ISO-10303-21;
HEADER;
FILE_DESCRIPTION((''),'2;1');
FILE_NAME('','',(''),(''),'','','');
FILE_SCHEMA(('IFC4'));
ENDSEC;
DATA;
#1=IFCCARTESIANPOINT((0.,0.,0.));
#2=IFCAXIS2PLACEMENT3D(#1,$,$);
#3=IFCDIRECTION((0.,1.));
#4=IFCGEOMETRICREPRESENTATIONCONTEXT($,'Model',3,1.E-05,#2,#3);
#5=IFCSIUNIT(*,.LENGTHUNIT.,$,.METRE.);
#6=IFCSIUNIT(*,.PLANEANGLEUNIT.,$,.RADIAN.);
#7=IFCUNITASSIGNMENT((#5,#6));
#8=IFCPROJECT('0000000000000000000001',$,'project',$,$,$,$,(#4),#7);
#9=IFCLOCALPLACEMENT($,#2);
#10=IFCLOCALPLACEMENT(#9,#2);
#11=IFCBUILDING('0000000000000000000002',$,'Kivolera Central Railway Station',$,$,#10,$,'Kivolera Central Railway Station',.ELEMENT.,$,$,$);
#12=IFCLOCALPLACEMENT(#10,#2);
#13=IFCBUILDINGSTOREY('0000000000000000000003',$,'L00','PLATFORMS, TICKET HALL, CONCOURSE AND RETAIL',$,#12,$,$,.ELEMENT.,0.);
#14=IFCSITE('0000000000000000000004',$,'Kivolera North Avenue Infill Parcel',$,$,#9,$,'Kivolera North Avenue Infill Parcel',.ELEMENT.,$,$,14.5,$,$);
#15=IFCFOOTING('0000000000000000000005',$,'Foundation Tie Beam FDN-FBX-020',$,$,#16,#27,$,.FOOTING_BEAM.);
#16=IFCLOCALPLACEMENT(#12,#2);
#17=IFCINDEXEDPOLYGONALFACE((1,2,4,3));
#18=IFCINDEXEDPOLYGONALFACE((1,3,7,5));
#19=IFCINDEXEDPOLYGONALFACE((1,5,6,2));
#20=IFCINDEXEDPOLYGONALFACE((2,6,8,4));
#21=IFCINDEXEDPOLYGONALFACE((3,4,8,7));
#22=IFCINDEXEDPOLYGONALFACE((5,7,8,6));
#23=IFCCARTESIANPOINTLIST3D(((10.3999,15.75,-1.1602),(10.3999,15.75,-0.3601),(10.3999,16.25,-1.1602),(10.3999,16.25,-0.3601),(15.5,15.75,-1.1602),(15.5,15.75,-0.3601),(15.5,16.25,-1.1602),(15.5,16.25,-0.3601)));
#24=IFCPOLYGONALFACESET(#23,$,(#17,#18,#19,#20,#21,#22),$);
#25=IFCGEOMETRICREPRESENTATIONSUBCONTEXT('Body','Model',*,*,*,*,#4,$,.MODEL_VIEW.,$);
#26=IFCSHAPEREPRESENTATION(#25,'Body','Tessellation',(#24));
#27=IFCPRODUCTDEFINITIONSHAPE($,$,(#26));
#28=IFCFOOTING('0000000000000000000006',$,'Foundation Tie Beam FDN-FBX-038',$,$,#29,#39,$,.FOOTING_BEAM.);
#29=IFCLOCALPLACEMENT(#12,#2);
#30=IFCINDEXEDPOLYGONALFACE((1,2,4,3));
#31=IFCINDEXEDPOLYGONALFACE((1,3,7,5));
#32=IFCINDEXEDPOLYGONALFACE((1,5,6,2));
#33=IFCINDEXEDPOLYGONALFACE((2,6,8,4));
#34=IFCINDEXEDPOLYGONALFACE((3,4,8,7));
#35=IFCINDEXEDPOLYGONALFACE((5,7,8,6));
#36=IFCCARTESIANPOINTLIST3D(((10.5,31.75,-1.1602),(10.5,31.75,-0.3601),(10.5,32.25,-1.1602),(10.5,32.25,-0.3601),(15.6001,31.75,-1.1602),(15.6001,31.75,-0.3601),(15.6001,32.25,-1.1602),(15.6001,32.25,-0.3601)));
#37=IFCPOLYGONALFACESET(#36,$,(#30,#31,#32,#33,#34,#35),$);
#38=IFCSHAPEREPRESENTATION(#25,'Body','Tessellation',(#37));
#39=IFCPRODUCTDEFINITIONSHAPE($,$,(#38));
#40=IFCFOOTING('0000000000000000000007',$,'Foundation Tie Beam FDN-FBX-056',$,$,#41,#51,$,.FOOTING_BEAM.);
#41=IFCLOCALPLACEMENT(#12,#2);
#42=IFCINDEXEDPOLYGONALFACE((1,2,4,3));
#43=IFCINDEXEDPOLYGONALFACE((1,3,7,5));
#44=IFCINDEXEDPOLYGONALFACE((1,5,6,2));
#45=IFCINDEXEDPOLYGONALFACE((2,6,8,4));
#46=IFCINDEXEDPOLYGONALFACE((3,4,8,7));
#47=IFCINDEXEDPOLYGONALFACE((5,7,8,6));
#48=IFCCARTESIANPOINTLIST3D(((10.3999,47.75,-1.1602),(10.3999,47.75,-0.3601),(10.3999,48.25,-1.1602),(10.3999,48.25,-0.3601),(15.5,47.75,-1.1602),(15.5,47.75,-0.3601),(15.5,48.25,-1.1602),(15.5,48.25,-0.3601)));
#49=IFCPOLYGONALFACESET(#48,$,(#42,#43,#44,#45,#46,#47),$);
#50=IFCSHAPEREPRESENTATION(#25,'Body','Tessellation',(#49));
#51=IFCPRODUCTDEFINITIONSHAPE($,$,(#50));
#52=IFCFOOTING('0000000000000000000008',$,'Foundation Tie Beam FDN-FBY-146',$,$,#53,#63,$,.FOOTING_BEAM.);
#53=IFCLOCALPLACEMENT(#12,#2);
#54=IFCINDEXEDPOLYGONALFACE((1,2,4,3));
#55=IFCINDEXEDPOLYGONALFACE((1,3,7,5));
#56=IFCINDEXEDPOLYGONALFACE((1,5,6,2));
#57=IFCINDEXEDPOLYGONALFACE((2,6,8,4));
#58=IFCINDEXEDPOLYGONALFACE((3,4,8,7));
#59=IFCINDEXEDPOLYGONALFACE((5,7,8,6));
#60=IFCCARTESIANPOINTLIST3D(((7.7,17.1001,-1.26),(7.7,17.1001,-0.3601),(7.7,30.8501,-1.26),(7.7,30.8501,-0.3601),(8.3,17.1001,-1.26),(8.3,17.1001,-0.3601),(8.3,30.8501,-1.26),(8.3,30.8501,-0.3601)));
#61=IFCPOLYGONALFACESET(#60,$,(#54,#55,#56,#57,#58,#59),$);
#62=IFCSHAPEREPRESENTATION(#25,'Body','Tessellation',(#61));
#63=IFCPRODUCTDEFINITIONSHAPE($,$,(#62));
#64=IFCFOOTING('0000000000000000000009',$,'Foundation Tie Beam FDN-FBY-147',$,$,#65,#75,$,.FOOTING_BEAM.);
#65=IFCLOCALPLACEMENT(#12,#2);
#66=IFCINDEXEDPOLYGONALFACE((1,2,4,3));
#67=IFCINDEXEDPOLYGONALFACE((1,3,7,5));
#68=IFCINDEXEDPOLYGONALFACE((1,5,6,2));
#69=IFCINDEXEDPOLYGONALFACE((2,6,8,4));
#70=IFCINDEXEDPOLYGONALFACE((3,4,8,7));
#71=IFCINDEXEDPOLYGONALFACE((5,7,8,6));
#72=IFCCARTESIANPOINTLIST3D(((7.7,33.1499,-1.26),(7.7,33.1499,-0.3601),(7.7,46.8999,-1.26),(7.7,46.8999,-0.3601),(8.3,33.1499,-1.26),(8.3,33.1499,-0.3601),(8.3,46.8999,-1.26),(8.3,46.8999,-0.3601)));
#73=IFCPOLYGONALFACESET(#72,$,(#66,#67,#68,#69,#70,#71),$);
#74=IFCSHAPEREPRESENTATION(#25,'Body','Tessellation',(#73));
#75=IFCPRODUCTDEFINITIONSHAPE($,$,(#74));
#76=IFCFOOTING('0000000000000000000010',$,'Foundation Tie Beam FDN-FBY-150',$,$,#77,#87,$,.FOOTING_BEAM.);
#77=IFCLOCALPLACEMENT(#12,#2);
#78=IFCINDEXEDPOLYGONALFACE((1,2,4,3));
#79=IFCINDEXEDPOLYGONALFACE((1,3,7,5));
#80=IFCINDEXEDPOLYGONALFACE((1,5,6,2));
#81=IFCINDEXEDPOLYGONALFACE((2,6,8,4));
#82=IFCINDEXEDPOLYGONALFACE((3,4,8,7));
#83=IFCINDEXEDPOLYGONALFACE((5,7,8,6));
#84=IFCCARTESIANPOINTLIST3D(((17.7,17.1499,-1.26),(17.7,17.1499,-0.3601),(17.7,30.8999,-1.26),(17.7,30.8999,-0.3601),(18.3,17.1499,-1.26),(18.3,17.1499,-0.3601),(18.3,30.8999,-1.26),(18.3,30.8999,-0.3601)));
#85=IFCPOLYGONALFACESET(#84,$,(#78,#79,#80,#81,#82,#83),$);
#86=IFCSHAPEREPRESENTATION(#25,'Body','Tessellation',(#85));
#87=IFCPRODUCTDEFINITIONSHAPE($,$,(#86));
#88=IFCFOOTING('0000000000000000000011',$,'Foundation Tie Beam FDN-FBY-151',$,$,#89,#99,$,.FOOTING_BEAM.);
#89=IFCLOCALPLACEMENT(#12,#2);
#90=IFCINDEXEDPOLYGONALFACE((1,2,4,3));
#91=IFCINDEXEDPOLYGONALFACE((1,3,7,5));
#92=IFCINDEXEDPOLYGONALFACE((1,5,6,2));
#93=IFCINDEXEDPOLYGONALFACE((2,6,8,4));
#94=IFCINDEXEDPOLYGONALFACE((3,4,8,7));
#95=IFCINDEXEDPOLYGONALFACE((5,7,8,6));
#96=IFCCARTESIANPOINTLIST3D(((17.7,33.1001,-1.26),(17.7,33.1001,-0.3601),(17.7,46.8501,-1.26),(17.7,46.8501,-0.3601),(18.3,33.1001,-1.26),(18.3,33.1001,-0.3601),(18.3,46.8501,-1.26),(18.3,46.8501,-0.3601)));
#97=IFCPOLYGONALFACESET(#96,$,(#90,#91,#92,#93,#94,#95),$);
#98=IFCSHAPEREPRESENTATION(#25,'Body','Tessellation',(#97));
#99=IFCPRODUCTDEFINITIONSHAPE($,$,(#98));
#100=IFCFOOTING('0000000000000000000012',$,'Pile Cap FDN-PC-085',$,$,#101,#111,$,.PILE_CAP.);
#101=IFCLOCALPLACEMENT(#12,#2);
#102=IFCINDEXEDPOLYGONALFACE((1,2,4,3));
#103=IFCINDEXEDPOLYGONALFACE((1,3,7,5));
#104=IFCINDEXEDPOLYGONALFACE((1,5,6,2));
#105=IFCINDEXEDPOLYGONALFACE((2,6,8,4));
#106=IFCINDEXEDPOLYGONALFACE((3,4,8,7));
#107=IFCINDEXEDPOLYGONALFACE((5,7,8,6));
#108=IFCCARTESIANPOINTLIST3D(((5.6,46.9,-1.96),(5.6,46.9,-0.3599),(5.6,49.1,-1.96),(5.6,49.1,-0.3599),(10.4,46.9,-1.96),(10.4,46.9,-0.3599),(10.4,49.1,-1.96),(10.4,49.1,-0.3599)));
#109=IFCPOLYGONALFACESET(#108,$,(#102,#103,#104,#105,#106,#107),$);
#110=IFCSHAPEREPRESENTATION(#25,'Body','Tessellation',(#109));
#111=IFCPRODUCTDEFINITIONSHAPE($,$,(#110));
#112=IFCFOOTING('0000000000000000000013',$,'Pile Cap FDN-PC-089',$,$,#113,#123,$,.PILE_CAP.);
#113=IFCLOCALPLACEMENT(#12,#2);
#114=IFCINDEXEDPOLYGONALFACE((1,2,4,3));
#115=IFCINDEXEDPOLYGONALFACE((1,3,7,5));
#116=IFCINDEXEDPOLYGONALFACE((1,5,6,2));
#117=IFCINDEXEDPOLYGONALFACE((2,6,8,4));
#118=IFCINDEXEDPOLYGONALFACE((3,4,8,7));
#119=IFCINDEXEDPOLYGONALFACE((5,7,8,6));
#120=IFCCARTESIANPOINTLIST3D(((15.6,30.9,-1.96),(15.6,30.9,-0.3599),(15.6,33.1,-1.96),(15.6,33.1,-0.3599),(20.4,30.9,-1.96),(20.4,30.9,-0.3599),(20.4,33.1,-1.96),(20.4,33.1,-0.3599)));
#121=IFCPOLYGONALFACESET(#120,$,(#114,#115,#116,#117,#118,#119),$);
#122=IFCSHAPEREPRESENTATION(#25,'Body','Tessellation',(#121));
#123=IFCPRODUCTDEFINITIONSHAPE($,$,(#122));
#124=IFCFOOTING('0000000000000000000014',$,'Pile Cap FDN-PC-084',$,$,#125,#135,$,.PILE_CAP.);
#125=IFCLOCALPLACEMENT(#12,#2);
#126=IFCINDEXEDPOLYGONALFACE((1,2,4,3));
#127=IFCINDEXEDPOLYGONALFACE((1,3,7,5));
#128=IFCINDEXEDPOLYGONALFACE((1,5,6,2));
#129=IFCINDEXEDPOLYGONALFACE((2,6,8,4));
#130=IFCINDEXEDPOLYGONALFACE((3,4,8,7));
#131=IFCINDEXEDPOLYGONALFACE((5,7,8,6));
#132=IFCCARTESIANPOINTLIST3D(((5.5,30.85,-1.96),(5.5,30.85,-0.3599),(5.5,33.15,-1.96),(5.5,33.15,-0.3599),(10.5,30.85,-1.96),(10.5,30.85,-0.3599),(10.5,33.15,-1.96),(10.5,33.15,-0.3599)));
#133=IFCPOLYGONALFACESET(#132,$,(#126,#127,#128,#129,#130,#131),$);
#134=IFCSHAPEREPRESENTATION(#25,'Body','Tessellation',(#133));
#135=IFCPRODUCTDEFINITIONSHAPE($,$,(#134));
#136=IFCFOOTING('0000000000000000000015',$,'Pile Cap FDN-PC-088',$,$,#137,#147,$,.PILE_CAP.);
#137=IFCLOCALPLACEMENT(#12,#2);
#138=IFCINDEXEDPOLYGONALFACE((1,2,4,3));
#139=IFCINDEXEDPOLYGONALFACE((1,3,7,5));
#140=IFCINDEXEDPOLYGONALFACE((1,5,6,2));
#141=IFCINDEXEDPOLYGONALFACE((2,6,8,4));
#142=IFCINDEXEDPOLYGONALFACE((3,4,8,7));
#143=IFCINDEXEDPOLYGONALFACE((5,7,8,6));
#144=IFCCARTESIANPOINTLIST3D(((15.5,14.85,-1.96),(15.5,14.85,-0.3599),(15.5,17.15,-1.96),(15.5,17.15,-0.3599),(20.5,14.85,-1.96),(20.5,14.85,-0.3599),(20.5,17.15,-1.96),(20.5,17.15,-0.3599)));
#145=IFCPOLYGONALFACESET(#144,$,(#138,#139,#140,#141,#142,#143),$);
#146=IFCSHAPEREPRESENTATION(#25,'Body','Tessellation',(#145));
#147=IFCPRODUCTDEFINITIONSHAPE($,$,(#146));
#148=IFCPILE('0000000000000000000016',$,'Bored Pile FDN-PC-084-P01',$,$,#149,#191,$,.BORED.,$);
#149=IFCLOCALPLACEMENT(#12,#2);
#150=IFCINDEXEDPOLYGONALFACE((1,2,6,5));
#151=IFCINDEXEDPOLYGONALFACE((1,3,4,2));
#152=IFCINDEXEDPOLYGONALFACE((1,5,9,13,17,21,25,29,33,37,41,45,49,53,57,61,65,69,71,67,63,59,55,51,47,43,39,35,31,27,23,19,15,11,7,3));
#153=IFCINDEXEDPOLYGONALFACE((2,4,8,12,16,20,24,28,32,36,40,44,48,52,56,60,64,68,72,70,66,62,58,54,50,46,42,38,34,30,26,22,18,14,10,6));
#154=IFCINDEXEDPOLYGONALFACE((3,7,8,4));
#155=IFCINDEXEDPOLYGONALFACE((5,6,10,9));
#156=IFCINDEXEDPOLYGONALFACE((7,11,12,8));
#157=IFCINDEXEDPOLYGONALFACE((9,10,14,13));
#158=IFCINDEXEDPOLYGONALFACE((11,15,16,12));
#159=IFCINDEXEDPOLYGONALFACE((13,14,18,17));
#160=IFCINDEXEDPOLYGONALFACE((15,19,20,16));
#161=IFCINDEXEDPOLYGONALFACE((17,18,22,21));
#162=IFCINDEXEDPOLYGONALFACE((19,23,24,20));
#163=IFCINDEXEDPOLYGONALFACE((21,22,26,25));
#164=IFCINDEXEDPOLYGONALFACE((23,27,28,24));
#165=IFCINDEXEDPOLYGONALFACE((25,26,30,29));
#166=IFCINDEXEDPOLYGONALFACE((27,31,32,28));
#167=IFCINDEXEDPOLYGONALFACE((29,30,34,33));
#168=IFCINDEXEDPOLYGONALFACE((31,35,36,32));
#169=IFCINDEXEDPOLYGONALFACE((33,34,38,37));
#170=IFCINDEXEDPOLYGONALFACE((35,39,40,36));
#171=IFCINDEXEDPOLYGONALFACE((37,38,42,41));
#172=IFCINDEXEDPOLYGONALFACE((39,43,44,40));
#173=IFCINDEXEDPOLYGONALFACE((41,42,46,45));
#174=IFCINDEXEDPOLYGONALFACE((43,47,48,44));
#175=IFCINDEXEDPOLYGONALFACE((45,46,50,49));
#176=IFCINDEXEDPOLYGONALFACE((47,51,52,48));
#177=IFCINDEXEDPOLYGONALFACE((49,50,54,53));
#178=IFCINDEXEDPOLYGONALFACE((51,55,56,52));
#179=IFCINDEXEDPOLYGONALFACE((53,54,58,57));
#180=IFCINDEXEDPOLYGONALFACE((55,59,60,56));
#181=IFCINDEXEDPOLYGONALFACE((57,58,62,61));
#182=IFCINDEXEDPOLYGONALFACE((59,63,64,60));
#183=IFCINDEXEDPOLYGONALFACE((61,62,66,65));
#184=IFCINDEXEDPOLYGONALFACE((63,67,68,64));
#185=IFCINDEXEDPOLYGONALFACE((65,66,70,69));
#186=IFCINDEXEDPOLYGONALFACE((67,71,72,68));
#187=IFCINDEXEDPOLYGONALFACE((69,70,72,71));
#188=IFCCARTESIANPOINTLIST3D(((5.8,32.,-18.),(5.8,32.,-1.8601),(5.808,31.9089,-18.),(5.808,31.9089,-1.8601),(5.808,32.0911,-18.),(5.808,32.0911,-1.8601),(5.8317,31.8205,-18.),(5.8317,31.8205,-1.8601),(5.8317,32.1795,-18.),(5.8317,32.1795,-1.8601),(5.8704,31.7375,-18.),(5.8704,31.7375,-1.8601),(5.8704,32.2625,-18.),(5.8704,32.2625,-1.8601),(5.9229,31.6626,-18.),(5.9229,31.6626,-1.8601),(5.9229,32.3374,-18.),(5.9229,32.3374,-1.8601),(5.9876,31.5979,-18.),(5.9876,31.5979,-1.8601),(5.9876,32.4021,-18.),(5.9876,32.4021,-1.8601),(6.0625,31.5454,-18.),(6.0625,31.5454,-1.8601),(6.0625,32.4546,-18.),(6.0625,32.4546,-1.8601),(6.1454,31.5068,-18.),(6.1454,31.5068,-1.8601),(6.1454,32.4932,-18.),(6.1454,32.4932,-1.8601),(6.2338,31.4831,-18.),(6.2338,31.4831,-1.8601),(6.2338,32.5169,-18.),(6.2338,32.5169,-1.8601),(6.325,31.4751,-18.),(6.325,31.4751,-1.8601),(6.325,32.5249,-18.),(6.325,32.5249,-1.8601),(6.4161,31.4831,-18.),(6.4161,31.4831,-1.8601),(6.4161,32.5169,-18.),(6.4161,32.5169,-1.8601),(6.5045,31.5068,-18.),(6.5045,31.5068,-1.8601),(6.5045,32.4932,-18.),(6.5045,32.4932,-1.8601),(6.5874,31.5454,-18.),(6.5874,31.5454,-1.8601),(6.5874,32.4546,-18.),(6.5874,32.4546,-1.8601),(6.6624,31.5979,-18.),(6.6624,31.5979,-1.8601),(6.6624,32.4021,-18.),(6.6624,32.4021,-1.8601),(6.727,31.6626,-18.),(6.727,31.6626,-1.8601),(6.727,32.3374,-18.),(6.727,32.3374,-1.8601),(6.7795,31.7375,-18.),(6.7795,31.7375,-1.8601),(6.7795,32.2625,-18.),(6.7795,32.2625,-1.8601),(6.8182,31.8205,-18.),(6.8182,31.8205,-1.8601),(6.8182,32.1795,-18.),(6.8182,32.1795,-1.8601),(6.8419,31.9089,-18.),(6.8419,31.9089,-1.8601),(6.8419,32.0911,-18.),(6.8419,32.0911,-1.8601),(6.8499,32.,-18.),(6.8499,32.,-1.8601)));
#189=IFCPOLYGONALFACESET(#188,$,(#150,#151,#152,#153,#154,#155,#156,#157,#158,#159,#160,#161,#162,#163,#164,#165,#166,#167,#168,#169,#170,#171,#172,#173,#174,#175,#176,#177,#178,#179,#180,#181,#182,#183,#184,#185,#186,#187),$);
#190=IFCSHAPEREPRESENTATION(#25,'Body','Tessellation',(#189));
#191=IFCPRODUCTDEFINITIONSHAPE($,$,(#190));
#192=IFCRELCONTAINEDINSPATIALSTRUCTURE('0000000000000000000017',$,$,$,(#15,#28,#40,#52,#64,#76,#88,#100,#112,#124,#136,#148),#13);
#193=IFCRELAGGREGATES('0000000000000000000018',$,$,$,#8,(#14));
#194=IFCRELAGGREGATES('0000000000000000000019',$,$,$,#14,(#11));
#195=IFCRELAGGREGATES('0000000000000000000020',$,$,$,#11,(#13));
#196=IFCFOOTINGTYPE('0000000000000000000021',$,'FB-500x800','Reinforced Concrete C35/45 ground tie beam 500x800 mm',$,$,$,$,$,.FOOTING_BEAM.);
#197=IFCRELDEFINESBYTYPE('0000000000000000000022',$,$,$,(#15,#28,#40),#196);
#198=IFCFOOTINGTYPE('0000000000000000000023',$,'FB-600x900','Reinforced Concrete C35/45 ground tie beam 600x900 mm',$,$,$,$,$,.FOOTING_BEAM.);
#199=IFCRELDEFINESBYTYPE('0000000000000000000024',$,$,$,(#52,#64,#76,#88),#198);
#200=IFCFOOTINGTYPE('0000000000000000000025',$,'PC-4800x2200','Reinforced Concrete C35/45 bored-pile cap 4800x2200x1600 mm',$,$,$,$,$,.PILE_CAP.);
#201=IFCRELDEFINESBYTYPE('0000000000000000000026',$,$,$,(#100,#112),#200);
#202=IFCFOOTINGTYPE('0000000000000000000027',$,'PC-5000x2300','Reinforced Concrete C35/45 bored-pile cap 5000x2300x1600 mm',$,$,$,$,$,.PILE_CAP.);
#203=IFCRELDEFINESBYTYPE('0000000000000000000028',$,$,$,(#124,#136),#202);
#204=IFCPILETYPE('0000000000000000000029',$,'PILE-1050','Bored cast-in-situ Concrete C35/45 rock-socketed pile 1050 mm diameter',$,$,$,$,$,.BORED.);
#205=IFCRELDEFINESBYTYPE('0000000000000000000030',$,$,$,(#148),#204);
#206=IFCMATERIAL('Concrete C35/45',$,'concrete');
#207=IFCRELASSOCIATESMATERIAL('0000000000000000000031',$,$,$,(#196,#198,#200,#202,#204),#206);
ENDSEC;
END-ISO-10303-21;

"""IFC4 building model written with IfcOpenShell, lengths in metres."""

from ifc_helpers import new_model, si_unit, direction, frame, origin, origin_2d, place, context, subcontext, project, spatial, rectangle, circle, extrude, material, material_profile, profile_set, type_object, element, save


model = new_model("IFC4")

# Units and contexts
model_context = context("Model", 3, precision=1e-05, world=origin(), true_north=direction((0.0, 1.0)))
body_context = subcontext(model_context, "Body", "Model", "MODEL_VIEW")
ifc_project = project(units=[si_unit("LENGTHUNIT", "METRE"), si_unit("PLANEANGLEUNIT", "RADIAN")], contexts=[model_context])

# Site, building, storey
site_placement = place(None, origin())
site = spatial("IfcSite", under=ifc_project, at=site_placement, Name="Kivolera North Avenue Infill Parcel", LongName="Kivolera North Avenue Infill Parcel", CompositionType="ELEMENT", RefElevation=14.5)
building_placement = place(site_placement, origin())
building = spatial("IfcBuilding", under=site, at=building_placement, Name="Kivolera Central Railway Station", LongName="Kivolera Central Railway Station", CompositionType="ELEMENT")
storey_placement = place(building_placement, origin())
storey = spatial("IfcBuildingStorey", under=building, at=storey_placement, Name="L00", Description="PLATFORMS, TICKET HALL, CONCOURSE AND RETAIL", CompositionType="ELEMENT", Elevation=0.0)

# Footings
ifc_material_1 = material(Name="Concrete C35/45", Category="concrete")
footing_type_1 = type_object("IfcFootingType", Name="FB-500x800", Description="Reinforced Concrete C35/45 ground tie beam 500x800 mm", PredefinedType="FOOTING_BEAM", material=ifc_material_1)
for number, where, z_axis, x_axis, name in (
    (1, (12.95, 16.0, -1.1602), (0.0, 0.0, 1.0), (1.0, 0.0, 0.0), "Foundation Tie Beam FDN-FBX-020"),
    (2, (13.05, 32.0, -1.1602), (0.0, 0.0, 1.0), (1.0, 0.0, 0.0), "Foundation Tie Beam FDN-FBX-038"),
    (3, (12.95, 48.0, -1.1602), (0.0, 0.0, 1.0), (1.0, 0.0, 0.0), "Foundation Tie Beam FDN-FBX-056"),
):
    element("IfcFooting", number, at=place(storey_placement, frame(where, z_axis=z_axis, x_axis=x_axis)), inside=storey, type_object=footing_type_1, Name=name, PredefinedType="FOOTING_BEAM", context=body_context, shape_type="SweptSolid", body=[
        extrude(rectangle(XDim=5.1001, YDim=0.5, at=origin_2d()), origin(), (0.0, 0.0, 1.0), 0.8),
    ])
footing_type_2 = type_object("IfcFootingType", Name="FB-600x900", Description="Reinforced Concrete C35/45 ground tie beam 600x900 mm", PredefinedType="FOOTING_BEAM", material=ifc_material_1)
for number, where, z_axis, x_axis, name in (
    (4, (8.0, 23.9751, -1.26), (0.0, 0.0, 1.0), (1.0, 0.0, 0.0), "Foundation Tie Beam FDN-FBY-146"),
    (5, (8.0, 40.0249, -1.26), (0.0, 0.0, 1.0), (1.0, 0.0, 0.0), "Foundation Tie Beam FDN-FBY-147"),
    (6, (18.0, 24.0249, -1.26), (0.0, 0.0, 1.0), (1.0, 0.0, 0.0), "Foundation Tie Beam FDN-FBY-150"),
    (7, (18.0, 39.9751, -1.26), (0.0, 0.0, 1.0), (1.0, 0.0, 0.0), "Foundation Tie Beam FDN-FBY-151"),
):
    element("IfcFooting", number, at=place(storey_placement, frame(where, z_axis=z_axis, x_axis=x_axis)), inside=storey, type_object=footing_type_2, Name=name, PredefinedType="FOOTING_BEAM", context=body_context, shape_type="SweptSolid", body=[
        extrude(rectangle(XDim=0.6001, YDim=13.75, at=origin_2d()), origin(), (0.0, 0.0, 1.0), 0.8999),
    ])
footing_type_3 = type_object("IfcFootingType", Name="PC-4800x2200", Description="Reinforced Concrete C35/45 bored-pile cap 4800x2200x1600 mm", PredefinedType="PILE_CAP", material=ifc_material_1)
for number, where, z_axis, x_axis, name in (
    (8, (8.0, 48.0, -1.96), (0.0, 0.0, 1.0), (1.0, 0.0, 0.0), "Pile Cap FDN-PC-085"),
    (9, (18.0, 32.0, -1.96), (0.0, 0.0, 1.0), (1.0, 0.0, 0.0), "Pile Cap FDN-PC-089"),
):
    element("IfcFooting", number, at=place(storey_placement, frame(where, z_axis=z_axis, x_axis=x_axis)), inside=storey, type_object=footing_type_3, Name=name, PredefinedType="PILE_CAP", context=body_context, shape_type="SweptSolid", body=[
        extrude(rectangle(XDim=4.8, YDim=2.2, at=origin_2d()), origin(), (0.0, 0.0, 1.0), 1.6001),
    ])
footing_type_4 = type_object("IfcFootingType", Name="PC-5000x2300", Description="Reinforced Concrete C35/45 bored-pile cap 5000x2300x1600 mm", PredefinedType="PILE_CAP", material=ifc_material_1)
for number, where, z_axis, x_axis, name in (
    (10, (8.0, 32.0, -1.96), (0.0, 0.0, 1.0), (1.0, 0.0, 0.0), "Pile Cap FDN-PC-084"),
    (11, (18.0, 16.0, -1.96), (0.0, 0.0, 1.0), (1.0, 0.0, 0.0), "Pile Cap FDN-PC-088"),
):
    element("IfcFooting", number, at=place(storey_placement, frame(where, z_axis=z_axis, x_axis=x_axis)), inside=storey, type_object=footing_type_4, Name=name, PredefinedType="PILE_CAP", context=body_context, shape_type="SweptSolid", body=[
        extrude(rectangle(XDim=5.0, YDim=2.3, at=origin_2d()), origin(), (0.0, 0.0, 1.0), 1.6001),
    ])

# Pile
ifc_material_profile_1 = material_profile(ifc_material_1, circle(Radius=0.5249, at=origin_2d()), Name="PILE D1050")
ifc_profile_set_1 = profile_set([ifc_material_profile_1], Name="Concrete C35/45")
pile_type = type_object("IfcPileType", Name="PILE-1050", Description="Bored cast-in-situ Concrete C35/45 rock-socketed pile 1050 mm diameter", PredefinedType="BORED", material=ifc_profile_set_1)
for number, where, z_axis, x_axis, name in (
    (12, (6.325, 32.0, -1.8601), (0.0, 0.0, -1.0), (1.0, 0.0, 0.0), "Bored Pile FDN-PC-084-P01"),
):
    element("IfcPile", number, at=place(storey_placement, frame(where, z_axis=z_axis, x_axis=x_axis)), inside=storey, type_object=pile_type, Name=name, PredefinedType="BORED", context=body_context, shape_type="SweptSolid", body=[
        extrude(circle(Radius=0.5249, at=origin_2d()), origin(), (0.0, 0.0, 1.0), 16.1399),
    ])

save(model, "model.ifc")
